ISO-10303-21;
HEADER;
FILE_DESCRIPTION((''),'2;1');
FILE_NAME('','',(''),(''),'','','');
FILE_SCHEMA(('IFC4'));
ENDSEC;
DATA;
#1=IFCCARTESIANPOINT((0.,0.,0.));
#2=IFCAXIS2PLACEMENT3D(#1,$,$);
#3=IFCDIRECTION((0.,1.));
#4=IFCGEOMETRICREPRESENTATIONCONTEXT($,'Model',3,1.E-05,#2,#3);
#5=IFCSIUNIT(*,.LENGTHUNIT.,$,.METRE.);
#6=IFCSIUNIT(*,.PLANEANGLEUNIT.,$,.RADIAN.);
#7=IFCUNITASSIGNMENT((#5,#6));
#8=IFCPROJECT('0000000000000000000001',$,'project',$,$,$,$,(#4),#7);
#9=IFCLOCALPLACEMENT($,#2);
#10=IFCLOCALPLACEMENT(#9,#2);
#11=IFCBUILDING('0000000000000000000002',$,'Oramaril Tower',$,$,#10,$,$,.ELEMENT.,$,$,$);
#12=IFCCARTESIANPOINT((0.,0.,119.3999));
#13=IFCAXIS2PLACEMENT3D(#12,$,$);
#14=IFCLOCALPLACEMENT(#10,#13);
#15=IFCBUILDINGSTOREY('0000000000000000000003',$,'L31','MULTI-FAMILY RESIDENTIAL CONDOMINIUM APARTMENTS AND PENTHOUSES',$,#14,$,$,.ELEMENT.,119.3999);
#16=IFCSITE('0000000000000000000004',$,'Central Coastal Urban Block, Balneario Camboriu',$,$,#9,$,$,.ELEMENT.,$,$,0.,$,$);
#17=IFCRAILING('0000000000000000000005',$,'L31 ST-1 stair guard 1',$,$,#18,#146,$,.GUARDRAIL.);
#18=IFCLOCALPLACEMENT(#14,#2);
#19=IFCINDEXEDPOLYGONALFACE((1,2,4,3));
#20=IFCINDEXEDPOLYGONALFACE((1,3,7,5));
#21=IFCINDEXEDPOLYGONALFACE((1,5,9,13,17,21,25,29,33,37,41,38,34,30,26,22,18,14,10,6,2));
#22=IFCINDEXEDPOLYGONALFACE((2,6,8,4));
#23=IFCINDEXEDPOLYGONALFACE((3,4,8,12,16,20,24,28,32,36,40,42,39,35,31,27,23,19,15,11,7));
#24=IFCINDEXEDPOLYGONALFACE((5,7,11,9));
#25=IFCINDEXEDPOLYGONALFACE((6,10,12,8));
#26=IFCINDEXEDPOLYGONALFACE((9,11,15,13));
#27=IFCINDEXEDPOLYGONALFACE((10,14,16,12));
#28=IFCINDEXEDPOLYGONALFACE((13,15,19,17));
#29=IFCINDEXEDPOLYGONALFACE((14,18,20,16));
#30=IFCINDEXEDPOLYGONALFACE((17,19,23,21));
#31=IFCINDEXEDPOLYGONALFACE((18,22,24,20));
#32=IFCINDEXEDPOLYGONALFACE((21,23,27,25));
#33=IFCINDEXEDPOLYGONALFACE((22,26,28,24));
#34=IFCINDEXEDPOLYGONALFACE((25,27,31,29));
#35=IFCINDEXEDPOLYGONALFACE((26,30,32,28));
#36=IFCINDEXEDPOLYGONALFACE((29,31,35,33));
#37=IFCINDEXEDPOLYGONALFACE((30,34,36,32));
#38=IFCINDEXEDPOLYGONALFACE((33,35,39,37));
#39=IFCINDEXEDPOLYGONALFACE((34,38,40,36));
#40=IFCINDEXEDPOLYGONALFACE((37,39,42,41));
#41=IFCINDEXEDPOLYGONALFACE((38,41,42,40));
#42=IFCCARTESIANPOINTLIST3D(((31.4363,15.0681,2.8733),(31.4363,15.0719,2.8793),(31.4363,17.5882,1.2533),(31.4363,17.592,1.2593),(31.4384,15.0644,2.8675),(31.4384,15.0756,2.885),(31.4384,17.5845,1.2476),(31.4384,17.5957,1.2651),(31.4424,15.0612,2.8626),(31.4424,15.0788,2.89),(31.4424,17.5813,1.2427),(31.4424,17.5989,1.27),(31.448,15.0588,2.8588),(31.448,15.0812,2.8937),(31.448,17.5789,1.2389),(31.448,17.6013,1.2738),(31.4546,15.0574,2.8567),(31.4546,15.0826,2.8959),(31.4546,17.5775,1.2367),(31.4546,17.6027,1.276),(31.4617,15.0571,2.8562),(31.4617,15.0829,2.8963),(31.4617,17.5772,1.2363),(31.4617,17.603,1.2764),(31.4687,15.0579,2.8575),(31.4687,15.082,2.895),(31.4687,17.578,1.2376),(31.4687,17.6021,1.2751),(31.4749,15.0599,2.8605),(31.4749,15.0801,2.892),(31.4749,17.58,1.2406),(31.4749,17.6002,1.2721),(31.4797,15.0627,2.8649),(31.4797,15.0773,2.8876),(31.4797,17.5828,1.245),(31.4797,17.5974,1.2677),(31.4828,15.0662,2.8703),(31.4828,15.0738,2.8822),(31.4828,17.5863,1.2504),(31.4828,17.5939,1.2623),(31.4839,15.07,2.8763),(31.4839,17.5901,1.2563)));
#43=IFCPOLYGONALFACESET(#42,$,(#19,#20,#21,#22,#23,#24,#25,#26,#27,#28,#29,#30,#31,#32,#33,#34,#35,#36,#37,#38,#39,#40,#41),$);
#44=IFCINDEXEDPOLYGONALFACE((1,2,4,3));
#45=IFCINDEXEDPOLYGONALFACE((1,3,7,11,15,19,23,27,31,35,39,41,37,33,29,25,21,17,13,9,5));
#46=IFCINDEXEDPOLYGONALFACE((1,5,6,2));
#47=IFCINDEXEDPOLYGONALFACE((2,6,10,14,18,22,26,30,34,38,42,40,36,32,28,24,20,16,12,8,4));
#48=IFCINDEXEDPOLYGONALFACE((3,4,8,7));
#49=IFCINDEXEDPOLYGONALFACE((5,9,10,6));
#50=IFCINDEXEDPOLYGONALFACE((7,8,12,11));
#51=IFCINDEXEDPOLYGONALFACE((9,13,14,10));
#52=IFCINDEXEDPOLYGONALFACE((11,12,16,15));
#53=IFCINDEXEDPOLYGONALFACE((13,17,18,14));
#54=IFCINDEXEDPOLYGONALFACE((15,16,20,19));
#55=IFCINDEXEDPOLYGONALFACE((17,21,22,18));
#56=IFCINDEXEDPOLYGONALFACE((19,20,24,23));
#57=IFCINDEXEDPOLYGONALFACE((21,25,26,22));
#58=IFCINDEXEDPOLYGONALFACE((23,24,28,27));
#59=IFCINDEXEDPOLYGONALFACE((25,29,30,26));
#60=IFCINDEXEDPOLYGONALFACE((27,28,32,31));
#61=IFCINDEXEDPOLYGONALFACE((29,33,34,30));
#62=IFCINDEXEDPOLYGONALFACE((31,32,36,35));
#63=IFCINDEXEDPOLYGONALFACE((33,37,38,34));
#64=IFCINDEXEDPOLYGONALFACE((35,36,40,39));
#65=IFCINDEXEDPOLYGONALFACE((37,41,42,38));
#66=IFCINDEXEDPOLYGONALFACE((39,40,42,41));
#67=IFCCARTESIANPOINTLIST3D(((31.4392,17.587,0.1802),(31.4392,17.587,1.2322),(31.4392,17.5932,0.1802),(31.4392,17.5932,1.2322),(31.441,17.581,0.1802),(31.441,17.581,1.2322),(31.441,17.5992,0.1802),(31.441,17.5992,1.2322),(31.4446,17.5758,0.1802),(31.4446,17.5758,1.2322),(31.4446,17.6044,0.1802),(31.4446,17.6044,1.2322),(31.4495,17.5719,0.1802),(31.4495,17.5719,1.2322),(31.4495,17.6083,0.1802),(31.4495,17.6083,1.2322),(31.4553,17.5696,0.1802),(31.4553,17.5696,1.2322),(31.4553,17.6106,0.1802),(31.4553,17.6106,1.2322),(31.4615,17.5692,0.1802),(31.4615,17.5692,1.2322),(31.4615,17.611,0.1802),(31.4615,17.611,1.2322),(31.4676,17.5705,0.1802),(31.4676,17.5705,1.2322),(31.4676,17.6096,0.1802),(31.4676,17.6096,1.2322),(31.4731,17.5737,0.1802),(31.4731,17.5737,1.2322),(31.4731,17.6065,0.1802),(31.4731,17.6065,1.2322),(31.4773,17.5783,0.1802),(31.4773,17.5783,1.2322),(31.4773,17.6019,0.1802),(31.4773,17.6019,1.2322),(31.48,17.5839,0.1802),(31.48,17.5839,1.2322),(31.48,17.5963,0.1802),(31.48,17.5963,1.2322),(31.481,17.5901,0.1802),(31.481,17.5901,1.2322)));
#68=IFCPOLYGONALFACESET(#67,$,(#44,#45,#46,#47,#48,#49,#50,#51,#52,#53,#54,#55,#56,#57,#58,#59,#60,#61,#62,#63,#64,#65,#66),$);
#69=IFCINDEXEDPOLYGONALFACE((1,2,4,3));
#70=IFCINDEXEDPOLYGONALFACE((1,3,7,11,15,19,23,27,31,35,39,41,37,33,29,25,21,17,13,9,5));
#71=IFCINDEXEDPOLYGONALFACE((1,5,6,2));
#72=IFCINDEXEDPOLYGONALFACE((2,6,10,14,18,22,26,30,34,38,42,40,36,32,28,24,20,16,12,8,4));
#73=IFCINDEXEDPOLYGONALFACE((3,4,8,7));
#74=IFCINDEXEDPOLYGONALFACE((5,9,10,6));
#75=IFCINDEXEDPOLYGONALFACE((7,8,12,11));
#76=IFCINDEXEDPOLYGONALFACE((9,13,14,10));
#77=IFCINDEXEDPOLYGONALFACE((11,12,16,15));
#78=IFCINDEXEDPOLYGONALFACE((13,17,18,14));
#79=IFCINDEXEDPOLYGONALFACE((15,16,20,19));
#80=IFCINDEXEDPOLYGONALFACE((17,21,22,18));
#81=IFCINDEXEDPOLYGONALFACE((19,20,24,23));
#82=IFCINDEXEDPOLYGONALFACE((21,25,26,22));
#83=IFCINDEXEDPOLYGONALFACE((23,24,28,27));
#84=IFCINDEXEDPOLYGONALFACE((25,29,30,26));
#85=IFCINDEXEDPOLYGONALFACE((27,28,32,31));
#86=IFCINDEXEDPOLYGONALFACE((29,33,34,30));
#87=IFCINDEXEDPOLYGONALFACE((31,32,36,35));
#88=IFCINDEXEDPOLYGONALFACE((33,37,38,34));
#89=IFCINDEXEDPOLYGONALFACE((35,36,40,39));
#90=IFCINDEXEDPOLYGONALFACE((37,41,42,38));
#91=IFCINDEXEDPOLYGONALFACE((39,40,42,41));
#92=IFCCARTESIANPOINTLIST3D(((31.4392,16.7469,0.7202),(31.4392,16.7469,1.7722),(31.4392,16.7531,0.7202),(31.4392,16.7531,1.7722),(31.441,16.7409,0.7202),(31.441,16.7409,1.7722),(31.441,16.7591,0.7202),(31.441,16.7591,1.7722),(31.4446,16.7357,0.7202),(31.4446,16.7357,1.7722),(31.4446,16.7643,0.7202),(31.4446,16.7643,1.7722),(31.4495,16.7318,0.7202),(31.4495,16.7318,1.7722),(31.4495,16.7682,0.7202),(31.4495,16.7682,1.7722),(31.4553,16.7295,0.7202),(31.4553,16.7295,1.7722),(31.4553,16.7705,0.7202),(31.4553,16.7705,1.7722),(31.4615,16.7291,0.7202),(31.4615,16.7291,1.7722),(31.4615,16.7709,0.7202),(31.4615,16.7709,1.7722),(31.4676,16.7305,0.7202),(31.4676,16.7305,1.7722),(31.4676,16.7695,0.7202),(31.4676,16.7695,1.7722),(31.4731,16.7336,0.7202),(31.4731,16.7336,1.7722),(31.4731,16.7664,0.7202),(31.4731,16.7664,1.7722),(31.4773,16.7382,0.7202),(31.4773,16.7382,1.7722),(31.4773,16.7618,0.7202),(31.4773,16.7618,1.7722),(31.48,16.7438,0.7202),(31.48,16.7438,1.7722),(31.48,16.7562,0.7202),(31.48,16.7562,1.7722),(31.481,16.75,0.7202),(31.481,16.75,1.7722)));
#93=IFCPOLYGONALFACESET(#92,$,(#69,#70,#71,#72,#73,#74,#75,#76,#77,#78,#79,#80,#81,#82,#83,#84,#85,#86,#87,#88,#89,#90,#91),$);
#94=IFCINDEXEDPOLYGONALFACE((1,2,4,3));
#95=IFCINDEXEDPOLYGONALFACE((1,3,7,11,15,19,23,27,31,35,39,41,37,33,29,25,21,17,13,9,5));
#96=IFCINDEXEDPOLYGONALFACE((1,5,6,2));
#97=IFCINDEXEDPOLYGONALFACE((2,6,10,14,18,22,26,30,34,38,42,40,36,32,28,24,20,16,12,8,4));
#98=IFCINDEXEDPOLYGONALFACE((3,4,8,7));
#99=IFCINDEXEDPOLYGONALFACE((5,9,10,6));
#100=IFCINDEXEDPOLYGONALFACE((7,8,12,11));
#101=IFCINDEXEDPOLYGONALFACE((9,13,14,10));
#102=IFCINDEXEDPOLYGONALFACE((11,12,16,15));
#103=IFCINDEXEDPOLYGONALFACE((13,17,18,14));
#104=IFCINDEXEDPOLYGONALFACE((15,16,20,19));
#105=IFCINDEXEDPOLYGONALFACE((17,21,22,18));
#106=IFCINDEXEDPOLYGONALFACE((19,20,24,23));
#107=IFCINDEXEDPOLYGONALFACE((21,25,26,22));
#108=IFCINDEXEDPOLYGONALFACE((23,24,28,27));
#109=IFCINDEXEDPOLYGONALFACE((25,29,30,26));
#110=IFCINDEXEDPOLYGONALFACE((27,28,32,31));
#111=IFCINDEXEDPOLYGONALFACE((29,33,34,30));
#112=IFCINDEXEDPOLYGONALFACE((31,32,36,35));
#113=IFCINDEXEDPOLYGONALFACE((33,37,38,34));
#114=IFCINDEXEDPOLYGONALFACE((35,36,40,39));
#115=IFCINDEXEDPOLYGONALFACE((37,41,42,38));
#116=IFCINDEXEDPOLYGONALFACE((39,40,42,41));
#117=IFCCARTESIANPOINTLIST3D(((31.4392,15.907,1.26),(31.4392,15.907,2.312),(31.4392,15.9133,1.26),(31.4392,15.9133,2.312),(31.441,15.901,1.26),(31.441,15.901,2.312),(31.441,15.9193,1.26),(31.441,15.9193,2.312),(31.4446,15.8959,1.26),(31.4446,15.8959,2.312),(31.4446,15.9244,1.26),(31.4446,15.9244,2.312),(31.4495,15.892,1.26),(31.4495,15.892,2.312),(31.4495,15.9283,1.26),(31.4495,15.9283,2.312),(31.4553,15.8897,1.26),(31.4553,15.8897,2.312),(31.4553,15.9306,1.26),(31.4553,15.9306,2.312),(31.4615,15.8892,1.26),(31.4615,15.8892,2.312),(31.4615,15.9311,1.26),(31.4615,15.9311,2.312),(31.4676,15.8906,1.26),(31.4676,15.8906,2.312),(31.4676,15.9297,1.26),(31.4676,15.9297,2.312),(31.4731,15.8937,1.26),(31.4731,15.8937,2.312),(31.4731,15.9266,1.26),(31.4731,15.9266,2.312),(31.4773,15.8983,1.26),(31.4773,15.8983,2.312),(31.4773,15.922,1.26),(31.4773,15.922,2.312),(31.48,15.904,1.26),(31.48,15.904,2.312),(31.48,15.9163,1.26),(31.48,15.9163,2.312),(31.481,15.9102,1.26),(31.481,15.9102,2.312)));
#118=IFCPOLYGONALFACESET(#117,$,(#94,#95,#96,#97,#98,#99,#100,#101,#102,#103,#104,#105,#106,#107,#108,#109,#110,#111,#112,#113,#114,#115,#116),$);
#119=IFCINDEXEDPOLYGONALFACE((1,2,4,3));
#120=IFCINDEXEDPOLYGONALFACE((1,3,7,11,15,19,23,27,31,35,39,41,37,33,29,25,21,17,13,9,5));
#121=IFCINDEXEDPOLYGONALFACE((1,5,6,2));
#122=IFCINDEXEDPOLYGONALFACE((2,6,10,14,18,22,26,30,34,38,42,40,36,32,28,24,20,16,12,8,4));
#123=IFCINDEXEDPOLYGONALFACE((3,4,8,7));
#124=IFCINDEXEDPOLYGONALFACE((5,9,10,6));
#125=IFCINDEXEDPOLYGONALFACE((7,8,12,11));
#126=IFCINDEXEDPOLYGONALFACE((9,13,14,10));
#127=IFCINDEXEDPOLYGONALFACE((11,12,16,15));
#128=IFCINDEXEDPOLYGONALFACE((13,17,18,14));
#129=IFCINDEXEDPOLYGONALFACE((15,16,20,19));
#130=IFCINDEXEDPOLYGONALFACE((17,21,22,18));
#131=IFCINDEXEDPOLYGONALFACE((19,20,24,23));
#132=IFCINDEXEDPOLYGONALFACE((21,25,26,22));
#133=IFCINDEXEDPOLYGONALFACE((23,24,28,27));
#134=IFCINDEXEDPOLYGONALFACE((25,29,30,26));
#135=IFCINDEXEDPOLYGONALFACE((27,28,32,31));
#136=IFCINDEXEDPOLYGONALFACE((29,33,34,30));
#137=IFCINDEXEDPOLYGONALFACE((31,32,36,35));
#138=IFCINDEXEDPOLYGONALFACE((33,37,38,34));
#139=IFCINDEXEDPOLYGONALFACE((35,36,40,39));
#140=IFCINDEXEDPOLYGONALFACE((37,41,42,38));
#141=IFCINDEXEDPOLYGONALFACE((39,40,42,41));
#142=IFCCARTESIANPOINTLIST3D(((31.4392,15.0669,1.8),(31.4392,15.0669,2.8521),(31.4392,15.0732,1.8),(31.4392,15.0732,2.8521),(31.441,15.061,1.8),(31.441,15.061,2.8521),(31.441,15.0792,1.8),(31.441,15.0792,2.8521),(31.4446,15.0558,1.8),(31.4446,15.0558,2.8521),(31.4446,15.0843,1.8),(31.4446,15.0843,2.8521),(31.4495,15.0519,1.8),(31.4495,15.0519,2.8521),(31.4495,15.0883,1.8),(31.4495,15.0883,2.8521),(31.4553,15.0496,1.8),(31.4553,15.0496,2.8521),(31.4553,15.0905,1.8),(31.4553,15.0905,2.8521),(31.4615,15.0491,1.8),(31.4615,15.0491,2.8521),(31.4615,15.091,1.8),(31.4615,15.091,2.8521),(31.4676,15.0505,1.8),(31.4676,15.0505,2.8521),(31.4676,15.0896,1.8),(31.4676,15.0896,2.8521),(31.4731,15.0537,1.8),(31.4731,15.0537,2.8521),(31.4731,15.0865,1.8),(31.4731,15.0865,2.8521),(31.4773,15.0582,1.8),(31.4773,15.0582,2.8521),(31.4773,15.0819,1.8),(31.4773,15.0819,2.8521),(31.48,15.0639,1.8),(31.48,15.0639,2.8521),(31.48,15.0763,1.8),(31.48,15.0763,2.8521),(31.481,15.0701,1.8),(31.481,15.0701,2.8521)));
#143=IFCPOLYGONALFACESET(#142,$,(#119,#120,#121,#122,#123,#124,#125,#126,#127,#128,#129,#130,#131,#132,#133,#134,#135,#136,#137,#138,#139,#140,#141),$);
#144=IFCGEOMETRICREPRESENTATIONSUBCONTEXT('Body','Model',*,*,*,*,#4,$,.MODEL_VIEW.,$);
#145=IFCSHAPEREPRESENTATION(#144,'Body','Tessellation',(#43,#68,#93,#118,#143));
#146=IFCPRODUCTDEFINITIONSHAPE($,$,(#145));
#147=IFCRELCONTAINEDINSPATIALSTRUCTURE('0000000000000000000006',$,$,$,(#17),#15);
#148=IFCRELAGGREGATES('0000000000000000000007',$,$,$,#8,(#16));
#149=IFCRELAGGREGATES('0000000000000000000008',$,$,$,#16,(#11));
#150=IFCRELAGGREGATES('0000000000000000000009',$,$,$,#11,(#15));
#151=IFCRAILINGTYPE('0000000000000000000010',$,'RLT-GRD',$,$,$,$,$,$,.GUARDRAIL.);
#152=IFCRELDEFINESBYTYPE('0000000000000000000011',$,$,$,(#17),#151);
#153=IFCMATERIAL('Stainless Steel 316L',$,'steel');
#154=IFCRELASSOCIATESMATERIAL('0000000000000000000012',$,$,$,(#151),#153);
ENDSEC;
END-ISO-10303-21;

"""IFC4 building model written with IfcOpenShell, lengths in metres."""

from ifc_helpers import new_model, si_unit, direction, frame, origin, origin_2d, place, context, subcontext, project, spatial, circle, extrude, material, type_object, element, save


model = new_model("IFC4")

# Units and contexts
model_context = context("Model", 3, precision=1e-05, world=origin(), true_north=direction((0.0, 1.0)))
body_context = subcontext(model_context, "Body", "Model", "MODEL_VIEW")
ifc_project = project(units=[si_unit("LENGTHUNIT", "METRE"), si_unit("PLANEANGLEUNIT", "RADIAN")], contexts=[model_context])

# Site, building, storey
site_placement = place(None, origin())
site = spatial("IfcSite", under=ifc_project, at=site_placement, Name="Central Coastal Urban Block, Balneario Camboriu", CompositionType="ELEMENT", RefElevation=0.0)
building_placement = place(site_placement, origin())
building = spatial("IfcBuilding", under=site, at=building_placement, Name="Oramaril Tower", CompositionType="ELEMENT")
storey_placement = place(building_placement, frame((0.0, 0.0, 119.3999)))
storey = spatial("IfcBuildingStorey", under=building, at=storey_placement, Name="L31", Description="MULTI-FAMILY RESIDENTIAL CONDOMINIUM APARTMENTS AND PENTHOUSES", CompositionType="ELEMENT", Elevation=119.3999)

# Railing
ifc_material_1 = material(Name="Stainless Steel 316L", Category="steel")
railing_type_1 = type_object("IfcRailingType", Name="RLT-GRD", PredefinedType="GUARDRAIL", material=ifc_material_1)
railing_1_placement = place(storey_placement, frame((31.46, 17.5901, 0.1802)))
element("IfcRailing", 1, at=railing_1_placement, inside=storey, type_object=railing_type_1, Name="L31 ST-1 stair guard 1", PredefinedType="GUARDRAIL", context=body_context, shape_type="SweptSolid", body=[
    extrude(circle(Radius=0.0239, at=origin_2d()), frame((0.0, 0.0, 1.0762), z_axis=(0.0, -0.8412, 0.540725), x_axis=(1.0, 0.0, 0.0)), (0.0, 0.0, 1.0), 2.9958),
    extrude(circle(Radius=0.021, at=origin_2d()), origin(), (0.0, 0.0, 1.0), 1.052),
    extrude(circle(Radius=0.021, at=origin_2d()), frame((0.0, -0.8401, 0.54)), (0.0, 0.0, 1.0), 1.052),
    extrude(circle(Radius=0.021, at=origin_2d()), frame((0.0, -1.6799, 1.0798)), (0.0, 0.0, 1.0), 1.052),
    extrude(circle(Radius=0.021, at=origin_2d()), frame((0.0, -2.52, 1.6199)), (0.0, 0.0, 1.0), 1.052),
])

save(model, "model.ifc")
